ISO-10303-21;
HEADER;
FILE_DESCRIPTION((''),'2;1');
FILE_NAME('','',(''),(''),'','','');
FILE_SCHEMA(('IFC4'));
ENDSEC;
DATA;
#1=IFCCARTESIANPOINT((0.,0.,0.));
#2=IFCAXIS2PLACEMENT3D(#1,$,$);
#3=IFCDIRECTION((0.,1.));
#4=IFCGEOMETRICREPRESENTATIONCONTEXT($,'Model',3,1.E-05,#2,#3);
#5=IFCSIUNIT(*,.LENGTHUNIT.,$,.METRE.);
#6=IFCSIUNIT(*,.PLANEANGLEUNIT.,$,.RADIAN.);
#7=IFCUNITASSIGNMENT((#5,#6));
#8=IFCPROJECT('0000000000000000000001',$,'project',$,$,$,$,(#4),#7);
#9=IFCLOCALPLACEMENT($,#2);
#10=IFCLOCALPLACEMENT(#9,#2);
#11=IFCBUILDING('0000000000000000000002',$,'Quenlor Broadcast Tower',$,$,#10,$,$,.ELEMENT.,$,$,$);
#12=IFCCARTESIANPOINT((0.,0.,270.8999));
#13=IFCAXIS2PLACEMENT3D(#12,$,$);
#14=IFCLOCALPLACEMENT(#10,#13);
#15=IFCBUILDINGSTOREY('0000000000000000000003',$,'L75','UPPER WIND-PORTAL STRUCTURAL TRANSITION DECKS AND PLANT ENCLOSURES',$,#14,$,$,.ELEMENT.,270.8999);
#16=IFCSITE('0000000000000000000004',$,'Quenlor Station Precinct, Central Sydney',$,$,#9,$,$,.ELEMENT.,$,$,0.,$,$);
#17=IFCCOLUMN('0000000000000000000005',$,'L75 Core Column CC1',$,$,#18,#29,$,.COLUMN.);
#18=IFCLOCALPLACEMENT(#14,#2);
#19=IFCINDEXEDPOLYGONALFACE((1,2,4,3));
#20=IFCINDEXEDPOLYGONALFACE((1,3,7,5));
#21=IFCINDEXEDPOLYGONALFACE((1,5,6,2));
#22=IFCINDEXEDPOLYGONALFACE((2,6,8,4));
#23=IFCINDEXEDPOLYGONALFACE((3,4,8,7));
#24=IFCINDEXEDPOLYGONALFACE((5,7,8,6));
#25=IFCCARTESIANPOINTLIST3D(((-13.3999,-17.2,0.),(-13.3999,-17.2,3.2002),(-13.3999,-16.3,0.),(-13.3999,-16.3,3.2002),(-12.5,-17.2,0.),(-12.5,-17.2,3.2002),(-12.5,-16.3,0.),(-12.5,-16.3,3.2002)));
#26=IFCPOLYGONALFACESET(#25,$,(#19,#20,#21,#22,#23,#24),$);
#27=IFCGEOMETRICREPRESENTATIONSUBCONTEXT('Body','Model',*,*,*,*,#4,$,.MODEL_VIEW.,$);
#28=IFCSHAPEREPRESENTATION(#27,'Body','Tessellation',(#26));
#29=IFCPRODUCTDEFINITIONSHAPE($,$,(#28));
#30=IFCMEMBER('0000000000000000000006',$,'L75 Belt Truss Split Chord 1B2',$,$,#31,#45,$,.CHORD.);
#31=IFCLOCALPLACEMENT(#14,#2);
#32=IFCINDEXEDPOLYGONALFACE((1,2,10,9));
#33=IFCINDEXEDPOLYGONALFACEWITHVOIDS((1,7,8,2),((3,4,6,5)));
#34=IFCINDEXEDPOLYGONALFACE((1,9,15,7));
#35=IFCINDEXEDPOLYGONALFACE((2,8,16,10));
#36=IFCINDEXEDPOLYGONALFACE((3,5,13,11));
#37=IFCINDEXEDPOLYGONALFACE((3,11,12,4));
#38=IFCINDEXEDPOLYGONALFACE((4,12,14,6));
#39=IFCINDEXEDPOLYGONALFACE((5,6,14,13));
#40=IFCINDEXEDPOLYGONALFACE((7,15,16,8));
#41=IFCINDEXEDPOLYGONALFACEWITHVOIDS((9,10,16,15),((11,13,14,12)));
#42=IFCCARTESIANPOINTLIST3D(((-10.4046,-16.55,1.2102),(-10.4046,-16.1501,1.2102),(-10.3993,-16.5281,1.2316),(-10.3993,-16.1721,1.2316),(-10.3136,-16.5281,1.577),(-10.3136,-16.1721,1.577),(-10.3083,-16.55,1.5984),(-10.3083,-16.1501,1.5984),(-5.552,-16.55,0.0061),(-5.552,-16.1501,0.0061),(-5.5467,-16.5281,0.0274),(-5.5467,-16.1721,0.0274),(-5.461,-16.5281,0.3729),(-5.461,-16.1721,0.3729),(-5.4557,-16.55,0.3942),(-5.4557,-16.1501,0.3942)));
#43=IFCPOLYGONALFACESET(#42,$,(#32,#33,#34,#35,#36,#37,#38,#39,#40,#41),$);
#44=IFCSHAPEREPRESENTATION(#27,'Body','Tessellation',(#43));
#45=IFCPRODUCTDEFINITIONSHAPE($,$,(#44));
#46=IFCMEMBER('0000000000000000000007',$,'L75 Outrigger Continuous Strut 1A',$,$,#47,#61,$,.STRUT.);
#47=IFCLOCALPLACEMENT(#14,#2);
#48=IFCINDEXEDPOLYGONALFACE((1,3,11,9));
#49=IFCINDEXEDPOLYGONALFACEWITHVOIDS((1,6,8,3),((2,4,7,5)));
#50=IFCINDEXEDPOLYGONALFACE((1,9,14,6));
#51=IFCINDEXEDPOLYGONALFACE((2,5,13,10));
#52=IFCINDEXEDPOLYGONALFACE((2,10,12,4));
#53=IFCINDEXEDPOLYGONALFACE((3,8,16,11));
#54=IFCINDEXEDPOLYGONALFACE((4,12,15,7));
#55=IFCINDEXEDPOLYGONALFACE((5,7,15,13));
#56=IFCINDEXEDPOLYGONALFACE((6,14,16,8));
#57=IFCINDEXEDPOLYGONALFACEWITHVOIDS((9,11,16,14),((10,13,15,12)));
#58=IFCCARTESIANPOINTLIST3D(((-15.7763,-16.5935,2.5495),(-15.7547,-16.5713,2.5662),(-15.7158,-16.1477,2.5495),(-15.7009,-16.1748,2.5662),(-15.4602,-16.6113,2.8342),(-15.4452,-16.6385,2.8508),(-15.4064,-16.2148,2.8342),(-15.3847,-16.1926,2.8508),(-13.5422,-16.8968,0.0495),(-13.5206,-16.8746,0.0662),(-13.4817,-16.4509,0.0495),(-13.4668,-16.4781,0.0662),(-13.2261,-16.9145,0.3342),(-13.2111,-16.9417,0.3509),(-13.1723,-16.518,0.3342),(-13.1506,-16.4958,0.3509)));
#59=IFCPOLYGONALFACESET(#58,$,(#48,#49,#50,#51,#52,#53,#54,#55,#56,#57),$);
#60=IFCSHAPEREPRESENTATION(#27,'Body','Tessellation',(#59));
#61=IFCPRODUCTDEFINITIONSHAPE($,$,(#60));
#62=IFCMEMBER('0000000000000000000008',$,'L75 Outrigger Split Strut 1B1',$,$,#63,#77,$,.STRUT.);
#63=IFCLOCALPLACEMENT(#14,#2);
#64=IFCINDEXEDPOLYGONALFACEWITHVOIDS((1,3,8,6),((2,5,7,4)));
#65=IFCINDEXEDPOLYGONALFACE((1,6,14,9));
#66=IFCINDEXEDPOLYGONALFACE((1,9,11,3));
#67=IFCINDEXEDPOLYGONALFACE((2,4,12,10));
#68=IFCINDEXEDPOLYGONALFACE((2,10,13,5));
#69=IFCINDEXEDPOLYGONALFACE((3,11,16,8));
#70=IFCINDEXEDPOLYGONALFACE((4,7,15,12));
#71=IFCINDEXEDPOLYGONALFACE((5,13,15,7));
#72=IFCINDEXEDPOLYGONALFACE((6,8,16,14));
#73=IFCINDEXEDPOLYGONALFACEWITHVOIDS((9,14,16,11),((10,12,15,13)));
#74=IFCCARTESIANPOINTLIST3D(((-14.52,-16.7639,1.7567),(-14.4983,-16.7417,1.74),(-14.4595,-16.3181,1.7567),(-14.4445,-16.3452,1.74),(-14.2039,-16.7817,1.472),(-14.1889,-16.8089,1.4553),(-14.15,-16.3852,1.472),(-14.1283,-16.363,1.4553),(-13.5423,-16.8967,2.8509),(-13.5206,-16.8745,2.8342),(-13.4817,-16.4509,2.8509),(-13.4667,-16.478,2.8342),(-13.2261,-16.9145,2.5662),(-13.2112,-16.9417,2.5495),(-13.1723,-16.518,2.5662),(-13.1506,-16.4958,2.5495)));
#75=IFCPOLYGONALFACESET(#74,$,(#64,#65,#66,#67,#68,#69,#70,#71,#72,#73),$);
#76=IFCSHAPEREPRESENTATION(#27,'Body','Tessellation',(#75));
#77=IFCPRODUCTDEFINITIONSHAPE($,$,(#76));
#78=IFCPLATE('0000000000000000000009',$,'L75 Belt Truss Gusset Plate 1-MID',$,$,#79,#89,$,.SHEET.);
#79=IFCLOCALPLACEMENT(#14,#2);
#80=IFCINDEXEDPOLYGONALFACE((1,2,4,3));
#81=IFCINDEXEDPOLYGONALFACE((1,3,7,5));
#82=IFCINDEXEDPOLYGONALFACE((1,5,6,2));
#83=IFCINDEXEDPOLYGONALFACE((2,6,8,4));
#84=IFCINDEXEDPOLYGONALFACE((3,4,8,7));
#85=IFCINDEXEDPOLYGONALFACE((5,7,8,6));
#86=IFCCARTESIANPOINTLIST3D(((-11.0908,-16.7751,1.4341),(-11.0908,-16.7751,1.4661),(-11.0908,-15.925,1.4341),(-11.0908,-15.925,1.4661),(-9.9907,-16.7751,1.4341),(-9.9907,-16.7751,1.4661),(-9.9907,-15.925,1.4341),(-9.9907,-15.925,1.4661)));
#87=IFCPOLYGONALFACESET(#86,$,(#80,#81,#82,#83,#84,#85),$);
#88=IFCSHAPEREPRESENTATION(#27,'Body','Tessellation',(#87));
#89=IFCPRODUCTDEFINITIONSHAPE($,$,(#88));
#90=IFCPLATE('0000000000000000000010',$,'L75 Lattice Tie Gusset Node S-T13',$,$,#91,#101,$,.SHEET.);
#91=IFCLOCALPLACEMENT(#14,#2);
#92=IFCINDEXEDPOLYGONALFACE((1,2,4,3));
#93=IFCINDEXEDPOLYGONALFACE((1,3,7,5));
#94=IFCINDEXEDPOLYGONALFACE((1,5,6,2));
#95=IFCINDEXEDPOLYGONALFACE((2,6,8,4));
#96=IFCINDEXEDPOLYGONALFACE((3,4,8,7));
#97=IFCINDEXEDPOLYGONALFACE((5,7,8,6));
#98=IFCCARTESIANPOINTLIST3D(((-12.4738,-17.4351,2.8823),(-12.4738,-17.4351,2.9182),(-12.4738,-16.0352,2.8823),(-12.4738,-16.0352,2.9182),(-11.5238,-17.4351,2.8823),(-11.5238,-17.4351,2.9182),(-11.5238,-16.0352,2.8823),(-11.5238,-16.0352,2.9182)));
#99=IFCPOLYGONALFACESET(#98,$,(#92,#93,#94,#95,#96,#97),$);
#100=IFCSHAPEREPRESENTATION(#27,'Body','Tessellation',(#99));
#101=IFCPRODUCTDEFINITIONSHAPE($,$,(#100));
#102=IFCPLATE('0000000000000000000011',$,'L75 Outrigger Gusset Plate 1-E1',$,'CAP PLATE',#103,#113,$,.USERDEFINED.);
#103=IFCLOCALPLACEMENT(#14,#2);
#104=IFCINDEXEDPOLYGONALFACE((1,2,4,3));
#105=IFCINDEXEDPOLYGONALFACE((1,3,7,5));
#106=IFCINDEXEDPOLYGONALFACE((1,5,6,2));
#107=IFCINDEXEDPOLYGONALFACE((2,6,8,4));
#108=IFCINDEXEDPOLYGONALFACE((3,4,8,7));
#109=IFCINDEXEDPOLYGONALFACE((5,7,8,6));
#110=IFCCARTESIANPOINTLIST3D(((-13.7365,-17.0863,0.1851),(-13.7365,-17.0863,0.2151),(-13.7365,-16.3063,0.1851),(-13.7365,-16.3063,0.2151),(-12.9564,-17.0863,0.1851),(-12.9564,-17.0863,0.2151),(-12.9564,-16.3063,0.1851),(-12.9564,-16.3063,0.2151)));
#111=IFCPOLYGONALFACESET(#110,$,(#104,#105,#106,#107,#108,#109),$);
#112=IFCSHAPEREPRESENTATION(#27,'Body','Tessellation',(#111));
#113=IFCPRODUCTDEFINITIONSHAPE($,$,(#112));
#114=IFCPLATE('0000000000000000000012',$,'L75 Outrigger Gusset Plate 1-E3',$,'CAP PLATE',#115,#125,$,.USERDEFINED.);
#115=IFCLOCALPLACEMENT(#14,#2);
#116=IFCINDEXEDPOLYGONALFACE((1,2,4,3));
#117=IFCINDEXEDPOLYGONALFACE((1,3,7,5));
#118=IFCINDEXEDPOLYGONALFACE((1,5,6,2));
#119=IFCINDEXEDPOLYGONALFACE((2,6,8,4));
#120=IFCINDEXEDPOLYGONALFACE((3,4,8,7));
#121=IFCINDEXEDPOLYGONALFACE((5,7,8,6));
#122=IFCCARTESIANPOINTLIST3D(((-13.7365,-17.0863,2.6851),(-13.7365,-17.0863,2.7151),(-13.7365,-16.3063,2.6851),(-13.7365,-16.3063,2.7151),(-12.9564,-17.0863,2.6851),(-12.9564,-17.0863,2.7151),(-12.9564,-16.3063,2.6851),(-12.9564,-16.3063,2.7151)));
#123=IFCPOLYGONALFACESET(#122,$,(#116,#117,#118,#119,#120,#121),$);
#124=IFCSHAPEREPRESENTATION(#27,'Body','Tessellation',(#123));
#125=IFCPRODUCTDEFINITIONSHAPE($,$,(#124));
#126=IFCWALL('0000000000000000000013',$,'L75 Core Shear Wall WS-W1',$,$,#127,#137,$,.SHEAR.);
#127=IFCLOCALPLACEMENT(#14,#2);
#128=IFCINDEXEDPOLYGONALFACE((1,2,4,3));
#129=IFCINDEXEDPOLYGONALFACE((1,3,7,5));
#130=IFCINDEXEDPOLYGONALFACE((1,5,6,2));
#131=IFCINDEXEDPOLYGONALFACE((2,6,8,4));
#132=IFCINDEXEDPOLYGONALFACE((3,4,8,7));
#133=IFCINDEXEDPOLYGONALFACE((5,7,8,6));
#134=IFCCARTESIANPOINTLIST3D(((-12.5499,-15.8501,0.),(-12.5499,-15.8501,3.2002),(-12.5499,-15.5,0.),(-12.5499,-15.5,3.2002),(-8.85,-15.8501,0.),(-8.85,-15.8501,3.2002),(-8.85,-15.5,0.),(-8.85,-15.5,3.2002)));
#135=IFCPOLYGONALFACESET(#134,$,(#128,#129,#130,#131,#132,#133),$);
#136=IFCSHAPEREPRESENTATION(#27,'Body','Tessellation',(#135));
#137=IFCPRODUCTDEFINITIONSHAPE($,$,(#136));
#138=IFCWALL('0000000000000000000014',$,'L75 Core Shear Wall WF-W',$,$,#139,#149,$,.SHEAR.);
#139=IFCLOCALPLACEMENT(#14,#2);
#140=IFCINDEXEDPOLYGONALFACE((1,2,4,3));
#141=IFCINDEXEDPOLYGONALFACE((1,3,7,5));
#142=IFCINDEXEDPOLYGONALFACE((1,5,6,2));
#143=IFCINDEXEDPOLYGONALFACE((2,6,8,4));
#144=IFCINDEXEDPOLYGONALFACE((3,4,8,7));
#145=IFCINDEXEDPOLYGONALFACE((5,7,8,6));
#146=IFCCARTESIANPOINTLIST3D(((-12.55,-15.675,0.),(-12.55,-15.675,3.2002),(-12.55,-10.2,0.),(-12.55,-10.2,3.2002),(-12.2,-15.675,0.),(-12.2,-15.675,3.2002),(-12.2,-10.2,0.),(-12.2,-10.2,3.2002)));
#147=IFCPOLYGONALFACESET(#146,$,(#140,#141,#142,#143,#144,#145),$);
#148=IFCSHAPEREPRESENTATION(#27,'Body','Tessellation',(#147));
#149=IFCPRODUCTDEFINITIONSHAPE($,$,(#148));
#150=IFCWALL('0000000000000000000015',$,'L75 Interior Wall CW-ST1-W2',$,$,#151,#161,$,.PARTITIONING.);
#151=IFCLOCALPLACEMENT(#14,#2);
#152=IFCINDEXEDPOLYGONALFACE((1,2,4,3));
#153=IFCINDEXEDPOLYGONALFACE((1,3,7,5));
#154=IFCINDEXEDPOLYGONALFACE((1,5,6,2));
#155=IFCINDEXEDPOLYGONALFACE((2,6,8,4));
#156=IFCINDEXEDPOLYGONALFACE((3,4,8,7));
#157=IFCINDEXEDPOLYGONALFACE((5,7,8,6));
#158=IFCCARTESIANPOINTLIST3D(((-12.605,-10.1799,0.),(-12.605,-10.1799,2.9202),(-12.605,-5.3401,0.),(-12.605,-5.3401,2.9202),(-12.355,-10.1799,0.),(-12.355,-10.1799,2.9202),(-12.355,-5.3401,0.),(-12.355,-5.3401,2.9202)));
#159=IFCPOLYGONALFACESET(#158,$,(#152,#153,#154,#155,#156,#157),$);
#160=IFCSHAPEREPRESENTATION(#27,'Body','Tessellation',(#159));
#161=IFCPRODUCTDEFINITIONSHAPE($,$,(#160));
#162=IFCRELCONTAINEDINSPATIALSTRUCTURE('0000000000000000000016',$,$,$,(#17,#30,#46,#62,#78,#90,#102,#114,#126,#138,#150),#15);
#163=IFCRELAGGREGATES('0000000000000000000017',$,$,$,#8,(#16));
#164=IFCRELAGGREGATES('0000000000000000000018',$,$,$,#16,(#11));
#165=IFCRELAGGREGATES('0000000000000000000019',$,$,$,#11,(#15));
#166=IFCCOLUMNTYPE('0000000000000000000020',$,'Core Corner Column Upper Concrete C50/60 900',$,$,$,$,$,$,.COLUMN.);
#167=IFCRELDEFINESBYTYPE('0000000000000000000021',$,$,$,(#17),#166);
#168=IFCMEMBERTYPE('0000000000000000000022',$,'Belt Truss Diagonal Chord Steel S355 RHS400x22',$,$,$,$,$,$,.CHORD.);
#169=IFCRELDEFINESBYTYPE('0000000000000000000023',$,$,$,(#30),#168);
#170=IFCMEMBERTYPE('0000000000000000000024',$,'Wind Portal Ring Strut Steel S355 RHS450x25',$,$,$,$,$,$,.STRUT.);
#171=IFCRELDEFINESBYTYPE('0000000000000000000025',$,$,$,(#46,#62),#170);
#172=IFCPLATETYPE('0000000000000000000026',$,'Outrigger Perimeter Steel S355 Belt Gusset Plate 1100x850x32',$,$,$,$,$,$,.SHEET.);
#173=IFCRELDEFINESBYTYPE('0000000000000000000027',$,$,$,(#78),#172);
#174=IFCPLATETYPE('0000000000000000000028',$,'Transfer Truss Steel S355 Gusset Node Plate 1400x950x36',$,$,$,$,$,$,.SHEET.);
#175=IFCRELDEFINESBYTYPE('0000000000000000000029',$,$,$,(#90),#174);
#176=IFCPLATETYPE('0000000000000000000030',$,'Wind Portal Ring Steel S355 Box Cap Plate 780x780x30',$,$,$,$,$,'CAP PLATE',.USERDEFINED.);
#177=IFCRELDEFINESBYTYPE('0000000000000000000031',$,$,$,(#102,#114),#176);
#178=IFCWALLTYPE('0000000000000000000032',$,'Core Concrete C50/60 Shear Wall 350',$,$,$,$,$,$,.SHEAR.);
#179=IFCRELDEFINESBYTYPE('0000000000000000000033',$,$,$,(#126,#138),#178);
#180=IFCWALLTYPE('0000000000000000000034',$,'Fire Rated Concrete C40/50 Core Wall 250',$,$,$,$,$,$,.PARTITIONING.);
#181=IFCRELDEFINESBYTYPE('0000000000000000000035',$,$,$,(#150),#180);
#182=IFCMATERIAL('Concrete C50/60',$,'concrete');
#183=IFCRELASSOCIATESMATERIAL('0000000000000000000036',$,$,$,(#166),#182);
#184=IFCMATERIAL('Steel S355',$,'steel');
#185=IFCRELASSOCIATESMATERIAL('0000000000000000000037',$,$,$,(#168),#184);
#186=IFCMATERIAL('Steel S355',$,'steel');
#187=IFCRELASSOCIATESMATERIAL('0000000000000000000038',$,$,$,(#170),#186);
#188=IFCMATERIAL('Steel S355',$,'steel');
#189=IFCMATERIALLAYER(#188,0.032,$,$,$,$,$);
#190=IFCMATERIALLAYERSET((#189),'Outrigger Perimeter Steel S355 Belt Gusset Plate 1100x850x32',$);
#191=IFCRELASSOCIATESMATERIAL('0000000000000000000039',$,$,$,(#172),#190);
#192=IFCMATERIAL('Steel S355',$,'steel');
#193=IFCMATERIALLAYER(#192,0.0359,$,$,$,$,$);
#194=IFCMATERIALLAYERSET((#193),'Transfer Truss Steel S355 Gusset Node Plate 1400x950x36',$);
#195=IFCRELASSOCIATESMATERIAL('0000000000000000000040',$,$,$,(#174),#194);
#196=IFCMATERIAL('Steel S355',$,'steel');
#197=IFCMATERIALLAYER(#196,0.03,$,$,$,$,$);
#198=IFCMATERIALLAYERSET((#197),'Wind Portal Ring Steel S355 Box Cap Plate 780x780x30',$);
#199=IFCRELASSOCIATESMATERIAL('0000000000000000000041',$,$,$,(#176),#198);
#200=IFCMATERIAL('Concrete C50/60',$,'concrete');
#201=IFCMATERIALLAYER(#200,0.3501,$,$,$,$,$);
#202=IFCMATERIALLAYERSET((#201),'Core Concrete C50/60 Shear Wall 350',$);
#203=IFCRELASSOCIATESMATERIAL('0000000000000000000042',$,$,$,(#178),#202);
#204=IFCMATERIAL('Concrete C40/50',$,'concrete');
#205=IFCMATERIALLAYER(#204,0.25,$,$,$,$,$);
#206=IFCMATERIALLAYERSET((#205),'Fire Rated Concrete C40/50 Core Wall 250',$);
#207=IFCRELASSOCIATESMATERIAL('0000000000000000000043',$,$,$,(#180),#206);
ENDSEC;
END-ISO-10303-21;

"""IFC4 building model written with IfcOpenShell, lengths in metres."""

from ifc_helpers import new_model, si_unit, direction, frame, frame_2d, origin, origin_2d, place, context, subcontext, project, spatial, rectangle, hollow_rectangle, extrude, material, layer, layer_set, material_profile, profile_set, type_object, element, save


model = new_model("IFC4")

# Units and contexts
model_context = context("Model", 3, precision=1e-05, world=origin(), true_north=direction((0.0, 1.0)))
body_context = subcontext(model_context, "Body", "Model", "MODEL_VIEW")
ifc_project = project(units=[si_unit("LENGTHUNIT", "METRE"), si_unit("PLANEANGLEUNIT", "RADIAN")], contexts=[model_context])

# Site, building, storey
site_placement = place(None, origin())
site = spatial("IfcSite", under=ifc_project, at=site_placement, Name="Quenlor Station Precinct, Central Sydney", CompositionType="ELEMENT", RefElevation=0.0)
building_placement = place(site_placement, origin())
building = spatial("IfcBuilding", under=site, at=building_placement, Name="Quenlor Broadcast Tower", CompositionType="ELEMENT")
storey_placement = place(building_placement, frame((0.0, 0.0, 270.8999)))
storey = spatial("IfcBuildingStorey", under=building, at=storey_placement, Name="L75", Description="UPPER WIND-PORTAL STRUCTURAL TRANSITION DECKS AND PLANT ENCLOSURES", CompositionType="ELEMENT", Elevation=270.8999)

# Column
ifc_material_1 = material(Name="Concrete C50/60", Category="concrete")
ifc_material_profile_1 = material_profile(ifc_material_1, rectangle(XDim=0.8999, YDim=0.8999, at=origin_2d()))
ifc_profile_set_1 = profile_set([ifc_material_profile_1], Name="Concrete C50/60 RC900x900")
column_type = type_object("IfcColumnType", Name="Core Corner Column Upper Concrete C50/60 900", PredefinedType="COLUMN", material=ifc_profile_set_1)
column_placement = place(storey_placement, frame((-12.95, -16.75, 0.0), z_axis=(0.0, 0.0, 1.0), x_axis=(1.0, 0.0, 0.0)))
element("IfcColumn", 1, at=column_placement, inside=storey, type_object=column_type, Name="L75 Core Column CC1", PredefinedType="COLUMN", context=body_context, shape_type="SweptSolid", body=[
    extrude(rectangle(XDim=0.8999, YDim=0.8999, at=origin_2d()), origin(), (0.0, 0.0, 1.0), 3.2002),
])

# Members
ifc_material_2 = material(Name="Steel S355", Category="steel")
ifc_material_profile_2 = material_profile(ifc_material_2, hollow_rectangle(XDim=0.3999, YDim=0.3999, WallThickness=0.022, at=origin_2d()))
ifc_profile_set_2 = profile_set([ifc_material_profile_2], Name="Steel S355 RHS400x400x22")
member_type_1 = type_object("IfcMemberType", Name="Belt Truss Diagonal Chord Steel S355 RHS400x22", PredefinedType="CHORD", material=ifc_profile_set_2)
member_1_placement = place(storey_placement, frame((-10.3564, -16.3501, 1.4043), z_axis=(0.970566, 0.0, -0.240835), x_axis=(0.0, 1.0, 0.0)))
element("IfcMember", 2, at=member_1_placement, inside=storey, type_object=member_type_1, Name="L75 Belt Truss Split Chord 1B2", PredefinedType="CHORD", context=body_context, shape_type="SweptSolid", body=[
    extrude(hollow_rectangle(XDim=0.3999, YDim=0.3999, WallThickness=0.022, at=origin_2d()), origin(), (0.0, 0.0, 1.0), 4.9998),
])
ifc_material_3 = material(Name="Steel S355", Category="steel")
ifc_material_profile_3 = material_profile(ifc_material_3, hollow_rectangle(XDim=0.45, YDim=0.45, WallThickness=0.0249, at=origin_2d()))
ifc_profile_set_3 = profile_set([ifc_material_profile_3], Name="Steel S355 RHS450x450x25")
member_type_2 = type_object("IfcMemberType", Name="Wind Portal Ring Strut Steel S355 RHS450x25", PredefinedType="STRUT", material=ifc_profile_set_3)
member_2_placement = place(storey_placement, frame((-13.3464, -16.6963, 0.2002), z_axis=(-0.663637, 0.090071, 0.742612), x_axis=(-0.13449, -0.990915, 0.0)))
element("IfcMember", 3, at=member_2_placement, inside=storey, type_object=member_type_2, Name="L75 Outrigger Continuous Strut 1A", PredefinedType="STRUT", context=body_context, shape_type="SweptSolid", body=[
    extrude(hollow_rectangle(XDim=0.45, YDim=0.45, WallThickness=0.0249, at=origin_2d()), origin(), (0.0, 0.0, 1.0), 3.3665),
])
member_3_placement = place(storey_placement, frame((-13.3464, -16.6963, 2.7002), z_axis=(-0.663601, 0.090137, -0.742637), x_axis=(-0.134594, -0.990901, 0.0)))
element("IfcMember", 4, at=member_3_placement, inside=storey, type_object=member_type_2, Name="L75 Outrigger Split Strut 1B1", PredefinedType="STRUT", context=body_context, shape_type="SweptSolid", body=[
    extrude(hollow_rectangle(XDim=0.45, YDim=0.45, WallThickness=0.0249, at=origin_2d()), origin(), (0.0, 0.0, 1.0), 1.4734),
])

# Plates
ifc_material_4 = material(Name="Steel S355", Category="steel")
ifc_layer_1 = layer(ifc_material_4, 0.032)
ifc_layer_set_1 = layer_set([ifc_layer_1], Name="Outrigger Perimeter Steel S355 Belt Gusset Plate 1100x850x32")
plate_type_1 = type_object("IfcPlateType", Name="Outrigger Perimeter Steel S355 Belt Gusset Plate 1100x850x32", PredefinedType="SHEET", material=ifc_layer_set_1)
plate_1_placement = place(storey_placement, frame((-10.5408, -16.3501, 1.4341), z_axis=(0.0, 0.0, 1.0), x_axis=(1.0, 0.0, 0.0)))
element("IfcPlate", 5, at=plate_1_placement, inside=storey, type_object=plate_type_1, Name="L75 Belt Truss Gusset Plate 1-MID", PredefinedType="SHEET", context=body_context, shape_type="SweptSolid", body=[
    extrude(rectangle(XDim=1.1001, YDim=0.8501, at=origin_2d()), origin(), (0.0, 0.0, 1.0), 0.032),
])
ifc_material_5 = material(Name="Steel S355", Category="steel")
ifc_layer_2 = layer(ifc_material_5, 0.0359)
ifc_layer_set_2 = layer_set([ifc_layer_2], Name="Transfer Truss Steel S355 Gusset Node Plate 1400x950x36")
plate_type_2 = type_object("IfcPlateType", Name="Transfer Truss Steel S355 Gusset Node Plate 1400x950x36", PredefinedType="SHEET", material=ifc_layer_set_2)
plate_2_placement = place(storey_placement, frame((-11.9988, -16.7351, 2.8823), z_axis=(0.0, 0.0, 1.0), x_axis=(0.0, -1.0, 0.0)))
element("IfcPlate", 6, at=plate_2_placement, inside=storey, type_object=plate_type_2, Name="L75 Lattice Tie Gusset Node S-T13", PredefinedType="SHEET", context=body_context, shape_type="SweptSolid", body=[
    extrude(rectangle(XDim=1.3999, YDim=0.95, at=origin_2d()), origin(), (0.0, 0.0, 1.0), 0.0359),
])
ifc_material_6 = material(Name="Steel S355", Category="steel")
ifc_layer_3 = layer(ifc_material_6, 0.03)
ifc_layer_set_3 = layer_set([ifc_layer_3], Name="Wind Portal Ring Steel S355 Box Cap Plate 780x780x30")
plate_type_3 = type_object("IfcPlateType", Name="Wind Portal Ring Steel S355 Box Cap Plate 780x780x30", ElementType="CAP PLATE", PredefinedType="USERDEFINED", material=ifc_layer_set_3)
for number, where, z_axis, x_axis, name in (
    (7, (-13.3464, -16.6963, 0.1851), (0.0, 0.0, 1.0), (1.0, 0.0, 0.0), "L75 Outrigger Gusset Plate 1-E1"),
    (8, (-13.3464, -16.6963, 2.6851), (0.0, 0.0, 1.0), (1.0, 0.0, 0.0), "L75 Outrigger Gusset Plate 1-E3"),
):
    element("IfcPlate", number, at=place(storey_placement, frame(where, z_axis=z_axis, x_axis=x_axis)), inside=storey, type_object=plate_type_3, Name=name, ObjectType="CAP PLATE", PredefinedType="USERDEFINED", context=body_context, shape_type="SweptSolid", body=[
        extrude(rectangle(XDim=0.78, YDim=0.78, at=origin_2d()), origin(), (0.0, 0.0, 1.0), 0.03),
    ])

# Walls
ifc_material_7 = material(Name="Concrete C50/60", Category="concrete")
ifc_layer_4 = layer(ifc_material_7, 0.3501)
ifc_layer_set_4 = layer_set([ifc_layer_4], Name="Core Concrete C50/60 Shear Wall 350")
wall_type_1 = type_object("IfcWallType", Name="Core Concrete C50/60 Shear Wall 350", PredefinedType="SHEAR", material=ifc_layer_set_4)
wall_1_placement = place(storey_placement, frame((-12.55, -15.675, 0.0), z_axis=(0.0, 0.0, 1.0), x_axis=(1.0, 0.0, 0.0)))
element("IfcWall", 9, at=wall_1_placement, inside=storey, type_object=wall_type_1, Name="L75 Core Shear Wall WS-W1", PredefinedType="SHEAR", context=body_context, shape_type="SweptSolid", body=[
    extrude(rectangle(XDim=3.7, YDim=0.3501, at=frame_2d((1.8501, 0.0))), origin(), (0.0, 0.0, 1.0), 3.2002),
])
wall_2_placement = place(storey_placement, frame((-12.375, -15.675, 0.0), z_axis=(0.0, 0.0, 1.0), x_axis=(0.0, 1.0, 0.0)))
element("IfcWall", 10, at=wall_2_placement, inside=storey, type_object=wall_type_1, Name="L75 Core Shear Wall WF-W", PredefinedType="SHEAR", context=body_context, shape_type="SweptSolid", body=[
    extrude(rectangle(XDim=5.4751, YDim=0.3501, at=frame_2d((2.7375, 0.0))), origin(), (0.0, 0.0, 1.0), 3.2002),
])
ifc_material_8 = material(Name="Concrete C40/50", Category="concrete")
ifc_layer_5 = layer(ifc_material_8, 0.25)
ifc_layer_set_5 = layer_set([ifc_layer_5], Name="Fire Rated Concrete C40/50 Core Wall 250")
wall_type_2 = type_object("IfcWallType", Name="Fire Rated Concrete C40/50 Core Wall 250", PredefinedType="PARTITIONING", material=ifc_layer_set_5)
wall_3_placement = place(storey_placement, frame((-12.48, -10.1799, 0.0), z_axis=(0.0, 0.0, 1.0), x_axis=(0.0, 1.0, 0.0)))
element("IfcWall", 11, at=wall_3_placement, inside=storey, type_object=wall_type_2, Name="L75 Interior Wall CW-ST1-W2", PredefinedType="PARTITIONING", context=body_context, shape_type="SweptSolid", body=[
    extrude(rectangle(XDim=4.8398, YDim=0.25, at=frame_2d((2.4199, 0.0))), origin(), (0.0, 0.0, 1.0), 2.9202),
])

save(model, "model.ifc")
